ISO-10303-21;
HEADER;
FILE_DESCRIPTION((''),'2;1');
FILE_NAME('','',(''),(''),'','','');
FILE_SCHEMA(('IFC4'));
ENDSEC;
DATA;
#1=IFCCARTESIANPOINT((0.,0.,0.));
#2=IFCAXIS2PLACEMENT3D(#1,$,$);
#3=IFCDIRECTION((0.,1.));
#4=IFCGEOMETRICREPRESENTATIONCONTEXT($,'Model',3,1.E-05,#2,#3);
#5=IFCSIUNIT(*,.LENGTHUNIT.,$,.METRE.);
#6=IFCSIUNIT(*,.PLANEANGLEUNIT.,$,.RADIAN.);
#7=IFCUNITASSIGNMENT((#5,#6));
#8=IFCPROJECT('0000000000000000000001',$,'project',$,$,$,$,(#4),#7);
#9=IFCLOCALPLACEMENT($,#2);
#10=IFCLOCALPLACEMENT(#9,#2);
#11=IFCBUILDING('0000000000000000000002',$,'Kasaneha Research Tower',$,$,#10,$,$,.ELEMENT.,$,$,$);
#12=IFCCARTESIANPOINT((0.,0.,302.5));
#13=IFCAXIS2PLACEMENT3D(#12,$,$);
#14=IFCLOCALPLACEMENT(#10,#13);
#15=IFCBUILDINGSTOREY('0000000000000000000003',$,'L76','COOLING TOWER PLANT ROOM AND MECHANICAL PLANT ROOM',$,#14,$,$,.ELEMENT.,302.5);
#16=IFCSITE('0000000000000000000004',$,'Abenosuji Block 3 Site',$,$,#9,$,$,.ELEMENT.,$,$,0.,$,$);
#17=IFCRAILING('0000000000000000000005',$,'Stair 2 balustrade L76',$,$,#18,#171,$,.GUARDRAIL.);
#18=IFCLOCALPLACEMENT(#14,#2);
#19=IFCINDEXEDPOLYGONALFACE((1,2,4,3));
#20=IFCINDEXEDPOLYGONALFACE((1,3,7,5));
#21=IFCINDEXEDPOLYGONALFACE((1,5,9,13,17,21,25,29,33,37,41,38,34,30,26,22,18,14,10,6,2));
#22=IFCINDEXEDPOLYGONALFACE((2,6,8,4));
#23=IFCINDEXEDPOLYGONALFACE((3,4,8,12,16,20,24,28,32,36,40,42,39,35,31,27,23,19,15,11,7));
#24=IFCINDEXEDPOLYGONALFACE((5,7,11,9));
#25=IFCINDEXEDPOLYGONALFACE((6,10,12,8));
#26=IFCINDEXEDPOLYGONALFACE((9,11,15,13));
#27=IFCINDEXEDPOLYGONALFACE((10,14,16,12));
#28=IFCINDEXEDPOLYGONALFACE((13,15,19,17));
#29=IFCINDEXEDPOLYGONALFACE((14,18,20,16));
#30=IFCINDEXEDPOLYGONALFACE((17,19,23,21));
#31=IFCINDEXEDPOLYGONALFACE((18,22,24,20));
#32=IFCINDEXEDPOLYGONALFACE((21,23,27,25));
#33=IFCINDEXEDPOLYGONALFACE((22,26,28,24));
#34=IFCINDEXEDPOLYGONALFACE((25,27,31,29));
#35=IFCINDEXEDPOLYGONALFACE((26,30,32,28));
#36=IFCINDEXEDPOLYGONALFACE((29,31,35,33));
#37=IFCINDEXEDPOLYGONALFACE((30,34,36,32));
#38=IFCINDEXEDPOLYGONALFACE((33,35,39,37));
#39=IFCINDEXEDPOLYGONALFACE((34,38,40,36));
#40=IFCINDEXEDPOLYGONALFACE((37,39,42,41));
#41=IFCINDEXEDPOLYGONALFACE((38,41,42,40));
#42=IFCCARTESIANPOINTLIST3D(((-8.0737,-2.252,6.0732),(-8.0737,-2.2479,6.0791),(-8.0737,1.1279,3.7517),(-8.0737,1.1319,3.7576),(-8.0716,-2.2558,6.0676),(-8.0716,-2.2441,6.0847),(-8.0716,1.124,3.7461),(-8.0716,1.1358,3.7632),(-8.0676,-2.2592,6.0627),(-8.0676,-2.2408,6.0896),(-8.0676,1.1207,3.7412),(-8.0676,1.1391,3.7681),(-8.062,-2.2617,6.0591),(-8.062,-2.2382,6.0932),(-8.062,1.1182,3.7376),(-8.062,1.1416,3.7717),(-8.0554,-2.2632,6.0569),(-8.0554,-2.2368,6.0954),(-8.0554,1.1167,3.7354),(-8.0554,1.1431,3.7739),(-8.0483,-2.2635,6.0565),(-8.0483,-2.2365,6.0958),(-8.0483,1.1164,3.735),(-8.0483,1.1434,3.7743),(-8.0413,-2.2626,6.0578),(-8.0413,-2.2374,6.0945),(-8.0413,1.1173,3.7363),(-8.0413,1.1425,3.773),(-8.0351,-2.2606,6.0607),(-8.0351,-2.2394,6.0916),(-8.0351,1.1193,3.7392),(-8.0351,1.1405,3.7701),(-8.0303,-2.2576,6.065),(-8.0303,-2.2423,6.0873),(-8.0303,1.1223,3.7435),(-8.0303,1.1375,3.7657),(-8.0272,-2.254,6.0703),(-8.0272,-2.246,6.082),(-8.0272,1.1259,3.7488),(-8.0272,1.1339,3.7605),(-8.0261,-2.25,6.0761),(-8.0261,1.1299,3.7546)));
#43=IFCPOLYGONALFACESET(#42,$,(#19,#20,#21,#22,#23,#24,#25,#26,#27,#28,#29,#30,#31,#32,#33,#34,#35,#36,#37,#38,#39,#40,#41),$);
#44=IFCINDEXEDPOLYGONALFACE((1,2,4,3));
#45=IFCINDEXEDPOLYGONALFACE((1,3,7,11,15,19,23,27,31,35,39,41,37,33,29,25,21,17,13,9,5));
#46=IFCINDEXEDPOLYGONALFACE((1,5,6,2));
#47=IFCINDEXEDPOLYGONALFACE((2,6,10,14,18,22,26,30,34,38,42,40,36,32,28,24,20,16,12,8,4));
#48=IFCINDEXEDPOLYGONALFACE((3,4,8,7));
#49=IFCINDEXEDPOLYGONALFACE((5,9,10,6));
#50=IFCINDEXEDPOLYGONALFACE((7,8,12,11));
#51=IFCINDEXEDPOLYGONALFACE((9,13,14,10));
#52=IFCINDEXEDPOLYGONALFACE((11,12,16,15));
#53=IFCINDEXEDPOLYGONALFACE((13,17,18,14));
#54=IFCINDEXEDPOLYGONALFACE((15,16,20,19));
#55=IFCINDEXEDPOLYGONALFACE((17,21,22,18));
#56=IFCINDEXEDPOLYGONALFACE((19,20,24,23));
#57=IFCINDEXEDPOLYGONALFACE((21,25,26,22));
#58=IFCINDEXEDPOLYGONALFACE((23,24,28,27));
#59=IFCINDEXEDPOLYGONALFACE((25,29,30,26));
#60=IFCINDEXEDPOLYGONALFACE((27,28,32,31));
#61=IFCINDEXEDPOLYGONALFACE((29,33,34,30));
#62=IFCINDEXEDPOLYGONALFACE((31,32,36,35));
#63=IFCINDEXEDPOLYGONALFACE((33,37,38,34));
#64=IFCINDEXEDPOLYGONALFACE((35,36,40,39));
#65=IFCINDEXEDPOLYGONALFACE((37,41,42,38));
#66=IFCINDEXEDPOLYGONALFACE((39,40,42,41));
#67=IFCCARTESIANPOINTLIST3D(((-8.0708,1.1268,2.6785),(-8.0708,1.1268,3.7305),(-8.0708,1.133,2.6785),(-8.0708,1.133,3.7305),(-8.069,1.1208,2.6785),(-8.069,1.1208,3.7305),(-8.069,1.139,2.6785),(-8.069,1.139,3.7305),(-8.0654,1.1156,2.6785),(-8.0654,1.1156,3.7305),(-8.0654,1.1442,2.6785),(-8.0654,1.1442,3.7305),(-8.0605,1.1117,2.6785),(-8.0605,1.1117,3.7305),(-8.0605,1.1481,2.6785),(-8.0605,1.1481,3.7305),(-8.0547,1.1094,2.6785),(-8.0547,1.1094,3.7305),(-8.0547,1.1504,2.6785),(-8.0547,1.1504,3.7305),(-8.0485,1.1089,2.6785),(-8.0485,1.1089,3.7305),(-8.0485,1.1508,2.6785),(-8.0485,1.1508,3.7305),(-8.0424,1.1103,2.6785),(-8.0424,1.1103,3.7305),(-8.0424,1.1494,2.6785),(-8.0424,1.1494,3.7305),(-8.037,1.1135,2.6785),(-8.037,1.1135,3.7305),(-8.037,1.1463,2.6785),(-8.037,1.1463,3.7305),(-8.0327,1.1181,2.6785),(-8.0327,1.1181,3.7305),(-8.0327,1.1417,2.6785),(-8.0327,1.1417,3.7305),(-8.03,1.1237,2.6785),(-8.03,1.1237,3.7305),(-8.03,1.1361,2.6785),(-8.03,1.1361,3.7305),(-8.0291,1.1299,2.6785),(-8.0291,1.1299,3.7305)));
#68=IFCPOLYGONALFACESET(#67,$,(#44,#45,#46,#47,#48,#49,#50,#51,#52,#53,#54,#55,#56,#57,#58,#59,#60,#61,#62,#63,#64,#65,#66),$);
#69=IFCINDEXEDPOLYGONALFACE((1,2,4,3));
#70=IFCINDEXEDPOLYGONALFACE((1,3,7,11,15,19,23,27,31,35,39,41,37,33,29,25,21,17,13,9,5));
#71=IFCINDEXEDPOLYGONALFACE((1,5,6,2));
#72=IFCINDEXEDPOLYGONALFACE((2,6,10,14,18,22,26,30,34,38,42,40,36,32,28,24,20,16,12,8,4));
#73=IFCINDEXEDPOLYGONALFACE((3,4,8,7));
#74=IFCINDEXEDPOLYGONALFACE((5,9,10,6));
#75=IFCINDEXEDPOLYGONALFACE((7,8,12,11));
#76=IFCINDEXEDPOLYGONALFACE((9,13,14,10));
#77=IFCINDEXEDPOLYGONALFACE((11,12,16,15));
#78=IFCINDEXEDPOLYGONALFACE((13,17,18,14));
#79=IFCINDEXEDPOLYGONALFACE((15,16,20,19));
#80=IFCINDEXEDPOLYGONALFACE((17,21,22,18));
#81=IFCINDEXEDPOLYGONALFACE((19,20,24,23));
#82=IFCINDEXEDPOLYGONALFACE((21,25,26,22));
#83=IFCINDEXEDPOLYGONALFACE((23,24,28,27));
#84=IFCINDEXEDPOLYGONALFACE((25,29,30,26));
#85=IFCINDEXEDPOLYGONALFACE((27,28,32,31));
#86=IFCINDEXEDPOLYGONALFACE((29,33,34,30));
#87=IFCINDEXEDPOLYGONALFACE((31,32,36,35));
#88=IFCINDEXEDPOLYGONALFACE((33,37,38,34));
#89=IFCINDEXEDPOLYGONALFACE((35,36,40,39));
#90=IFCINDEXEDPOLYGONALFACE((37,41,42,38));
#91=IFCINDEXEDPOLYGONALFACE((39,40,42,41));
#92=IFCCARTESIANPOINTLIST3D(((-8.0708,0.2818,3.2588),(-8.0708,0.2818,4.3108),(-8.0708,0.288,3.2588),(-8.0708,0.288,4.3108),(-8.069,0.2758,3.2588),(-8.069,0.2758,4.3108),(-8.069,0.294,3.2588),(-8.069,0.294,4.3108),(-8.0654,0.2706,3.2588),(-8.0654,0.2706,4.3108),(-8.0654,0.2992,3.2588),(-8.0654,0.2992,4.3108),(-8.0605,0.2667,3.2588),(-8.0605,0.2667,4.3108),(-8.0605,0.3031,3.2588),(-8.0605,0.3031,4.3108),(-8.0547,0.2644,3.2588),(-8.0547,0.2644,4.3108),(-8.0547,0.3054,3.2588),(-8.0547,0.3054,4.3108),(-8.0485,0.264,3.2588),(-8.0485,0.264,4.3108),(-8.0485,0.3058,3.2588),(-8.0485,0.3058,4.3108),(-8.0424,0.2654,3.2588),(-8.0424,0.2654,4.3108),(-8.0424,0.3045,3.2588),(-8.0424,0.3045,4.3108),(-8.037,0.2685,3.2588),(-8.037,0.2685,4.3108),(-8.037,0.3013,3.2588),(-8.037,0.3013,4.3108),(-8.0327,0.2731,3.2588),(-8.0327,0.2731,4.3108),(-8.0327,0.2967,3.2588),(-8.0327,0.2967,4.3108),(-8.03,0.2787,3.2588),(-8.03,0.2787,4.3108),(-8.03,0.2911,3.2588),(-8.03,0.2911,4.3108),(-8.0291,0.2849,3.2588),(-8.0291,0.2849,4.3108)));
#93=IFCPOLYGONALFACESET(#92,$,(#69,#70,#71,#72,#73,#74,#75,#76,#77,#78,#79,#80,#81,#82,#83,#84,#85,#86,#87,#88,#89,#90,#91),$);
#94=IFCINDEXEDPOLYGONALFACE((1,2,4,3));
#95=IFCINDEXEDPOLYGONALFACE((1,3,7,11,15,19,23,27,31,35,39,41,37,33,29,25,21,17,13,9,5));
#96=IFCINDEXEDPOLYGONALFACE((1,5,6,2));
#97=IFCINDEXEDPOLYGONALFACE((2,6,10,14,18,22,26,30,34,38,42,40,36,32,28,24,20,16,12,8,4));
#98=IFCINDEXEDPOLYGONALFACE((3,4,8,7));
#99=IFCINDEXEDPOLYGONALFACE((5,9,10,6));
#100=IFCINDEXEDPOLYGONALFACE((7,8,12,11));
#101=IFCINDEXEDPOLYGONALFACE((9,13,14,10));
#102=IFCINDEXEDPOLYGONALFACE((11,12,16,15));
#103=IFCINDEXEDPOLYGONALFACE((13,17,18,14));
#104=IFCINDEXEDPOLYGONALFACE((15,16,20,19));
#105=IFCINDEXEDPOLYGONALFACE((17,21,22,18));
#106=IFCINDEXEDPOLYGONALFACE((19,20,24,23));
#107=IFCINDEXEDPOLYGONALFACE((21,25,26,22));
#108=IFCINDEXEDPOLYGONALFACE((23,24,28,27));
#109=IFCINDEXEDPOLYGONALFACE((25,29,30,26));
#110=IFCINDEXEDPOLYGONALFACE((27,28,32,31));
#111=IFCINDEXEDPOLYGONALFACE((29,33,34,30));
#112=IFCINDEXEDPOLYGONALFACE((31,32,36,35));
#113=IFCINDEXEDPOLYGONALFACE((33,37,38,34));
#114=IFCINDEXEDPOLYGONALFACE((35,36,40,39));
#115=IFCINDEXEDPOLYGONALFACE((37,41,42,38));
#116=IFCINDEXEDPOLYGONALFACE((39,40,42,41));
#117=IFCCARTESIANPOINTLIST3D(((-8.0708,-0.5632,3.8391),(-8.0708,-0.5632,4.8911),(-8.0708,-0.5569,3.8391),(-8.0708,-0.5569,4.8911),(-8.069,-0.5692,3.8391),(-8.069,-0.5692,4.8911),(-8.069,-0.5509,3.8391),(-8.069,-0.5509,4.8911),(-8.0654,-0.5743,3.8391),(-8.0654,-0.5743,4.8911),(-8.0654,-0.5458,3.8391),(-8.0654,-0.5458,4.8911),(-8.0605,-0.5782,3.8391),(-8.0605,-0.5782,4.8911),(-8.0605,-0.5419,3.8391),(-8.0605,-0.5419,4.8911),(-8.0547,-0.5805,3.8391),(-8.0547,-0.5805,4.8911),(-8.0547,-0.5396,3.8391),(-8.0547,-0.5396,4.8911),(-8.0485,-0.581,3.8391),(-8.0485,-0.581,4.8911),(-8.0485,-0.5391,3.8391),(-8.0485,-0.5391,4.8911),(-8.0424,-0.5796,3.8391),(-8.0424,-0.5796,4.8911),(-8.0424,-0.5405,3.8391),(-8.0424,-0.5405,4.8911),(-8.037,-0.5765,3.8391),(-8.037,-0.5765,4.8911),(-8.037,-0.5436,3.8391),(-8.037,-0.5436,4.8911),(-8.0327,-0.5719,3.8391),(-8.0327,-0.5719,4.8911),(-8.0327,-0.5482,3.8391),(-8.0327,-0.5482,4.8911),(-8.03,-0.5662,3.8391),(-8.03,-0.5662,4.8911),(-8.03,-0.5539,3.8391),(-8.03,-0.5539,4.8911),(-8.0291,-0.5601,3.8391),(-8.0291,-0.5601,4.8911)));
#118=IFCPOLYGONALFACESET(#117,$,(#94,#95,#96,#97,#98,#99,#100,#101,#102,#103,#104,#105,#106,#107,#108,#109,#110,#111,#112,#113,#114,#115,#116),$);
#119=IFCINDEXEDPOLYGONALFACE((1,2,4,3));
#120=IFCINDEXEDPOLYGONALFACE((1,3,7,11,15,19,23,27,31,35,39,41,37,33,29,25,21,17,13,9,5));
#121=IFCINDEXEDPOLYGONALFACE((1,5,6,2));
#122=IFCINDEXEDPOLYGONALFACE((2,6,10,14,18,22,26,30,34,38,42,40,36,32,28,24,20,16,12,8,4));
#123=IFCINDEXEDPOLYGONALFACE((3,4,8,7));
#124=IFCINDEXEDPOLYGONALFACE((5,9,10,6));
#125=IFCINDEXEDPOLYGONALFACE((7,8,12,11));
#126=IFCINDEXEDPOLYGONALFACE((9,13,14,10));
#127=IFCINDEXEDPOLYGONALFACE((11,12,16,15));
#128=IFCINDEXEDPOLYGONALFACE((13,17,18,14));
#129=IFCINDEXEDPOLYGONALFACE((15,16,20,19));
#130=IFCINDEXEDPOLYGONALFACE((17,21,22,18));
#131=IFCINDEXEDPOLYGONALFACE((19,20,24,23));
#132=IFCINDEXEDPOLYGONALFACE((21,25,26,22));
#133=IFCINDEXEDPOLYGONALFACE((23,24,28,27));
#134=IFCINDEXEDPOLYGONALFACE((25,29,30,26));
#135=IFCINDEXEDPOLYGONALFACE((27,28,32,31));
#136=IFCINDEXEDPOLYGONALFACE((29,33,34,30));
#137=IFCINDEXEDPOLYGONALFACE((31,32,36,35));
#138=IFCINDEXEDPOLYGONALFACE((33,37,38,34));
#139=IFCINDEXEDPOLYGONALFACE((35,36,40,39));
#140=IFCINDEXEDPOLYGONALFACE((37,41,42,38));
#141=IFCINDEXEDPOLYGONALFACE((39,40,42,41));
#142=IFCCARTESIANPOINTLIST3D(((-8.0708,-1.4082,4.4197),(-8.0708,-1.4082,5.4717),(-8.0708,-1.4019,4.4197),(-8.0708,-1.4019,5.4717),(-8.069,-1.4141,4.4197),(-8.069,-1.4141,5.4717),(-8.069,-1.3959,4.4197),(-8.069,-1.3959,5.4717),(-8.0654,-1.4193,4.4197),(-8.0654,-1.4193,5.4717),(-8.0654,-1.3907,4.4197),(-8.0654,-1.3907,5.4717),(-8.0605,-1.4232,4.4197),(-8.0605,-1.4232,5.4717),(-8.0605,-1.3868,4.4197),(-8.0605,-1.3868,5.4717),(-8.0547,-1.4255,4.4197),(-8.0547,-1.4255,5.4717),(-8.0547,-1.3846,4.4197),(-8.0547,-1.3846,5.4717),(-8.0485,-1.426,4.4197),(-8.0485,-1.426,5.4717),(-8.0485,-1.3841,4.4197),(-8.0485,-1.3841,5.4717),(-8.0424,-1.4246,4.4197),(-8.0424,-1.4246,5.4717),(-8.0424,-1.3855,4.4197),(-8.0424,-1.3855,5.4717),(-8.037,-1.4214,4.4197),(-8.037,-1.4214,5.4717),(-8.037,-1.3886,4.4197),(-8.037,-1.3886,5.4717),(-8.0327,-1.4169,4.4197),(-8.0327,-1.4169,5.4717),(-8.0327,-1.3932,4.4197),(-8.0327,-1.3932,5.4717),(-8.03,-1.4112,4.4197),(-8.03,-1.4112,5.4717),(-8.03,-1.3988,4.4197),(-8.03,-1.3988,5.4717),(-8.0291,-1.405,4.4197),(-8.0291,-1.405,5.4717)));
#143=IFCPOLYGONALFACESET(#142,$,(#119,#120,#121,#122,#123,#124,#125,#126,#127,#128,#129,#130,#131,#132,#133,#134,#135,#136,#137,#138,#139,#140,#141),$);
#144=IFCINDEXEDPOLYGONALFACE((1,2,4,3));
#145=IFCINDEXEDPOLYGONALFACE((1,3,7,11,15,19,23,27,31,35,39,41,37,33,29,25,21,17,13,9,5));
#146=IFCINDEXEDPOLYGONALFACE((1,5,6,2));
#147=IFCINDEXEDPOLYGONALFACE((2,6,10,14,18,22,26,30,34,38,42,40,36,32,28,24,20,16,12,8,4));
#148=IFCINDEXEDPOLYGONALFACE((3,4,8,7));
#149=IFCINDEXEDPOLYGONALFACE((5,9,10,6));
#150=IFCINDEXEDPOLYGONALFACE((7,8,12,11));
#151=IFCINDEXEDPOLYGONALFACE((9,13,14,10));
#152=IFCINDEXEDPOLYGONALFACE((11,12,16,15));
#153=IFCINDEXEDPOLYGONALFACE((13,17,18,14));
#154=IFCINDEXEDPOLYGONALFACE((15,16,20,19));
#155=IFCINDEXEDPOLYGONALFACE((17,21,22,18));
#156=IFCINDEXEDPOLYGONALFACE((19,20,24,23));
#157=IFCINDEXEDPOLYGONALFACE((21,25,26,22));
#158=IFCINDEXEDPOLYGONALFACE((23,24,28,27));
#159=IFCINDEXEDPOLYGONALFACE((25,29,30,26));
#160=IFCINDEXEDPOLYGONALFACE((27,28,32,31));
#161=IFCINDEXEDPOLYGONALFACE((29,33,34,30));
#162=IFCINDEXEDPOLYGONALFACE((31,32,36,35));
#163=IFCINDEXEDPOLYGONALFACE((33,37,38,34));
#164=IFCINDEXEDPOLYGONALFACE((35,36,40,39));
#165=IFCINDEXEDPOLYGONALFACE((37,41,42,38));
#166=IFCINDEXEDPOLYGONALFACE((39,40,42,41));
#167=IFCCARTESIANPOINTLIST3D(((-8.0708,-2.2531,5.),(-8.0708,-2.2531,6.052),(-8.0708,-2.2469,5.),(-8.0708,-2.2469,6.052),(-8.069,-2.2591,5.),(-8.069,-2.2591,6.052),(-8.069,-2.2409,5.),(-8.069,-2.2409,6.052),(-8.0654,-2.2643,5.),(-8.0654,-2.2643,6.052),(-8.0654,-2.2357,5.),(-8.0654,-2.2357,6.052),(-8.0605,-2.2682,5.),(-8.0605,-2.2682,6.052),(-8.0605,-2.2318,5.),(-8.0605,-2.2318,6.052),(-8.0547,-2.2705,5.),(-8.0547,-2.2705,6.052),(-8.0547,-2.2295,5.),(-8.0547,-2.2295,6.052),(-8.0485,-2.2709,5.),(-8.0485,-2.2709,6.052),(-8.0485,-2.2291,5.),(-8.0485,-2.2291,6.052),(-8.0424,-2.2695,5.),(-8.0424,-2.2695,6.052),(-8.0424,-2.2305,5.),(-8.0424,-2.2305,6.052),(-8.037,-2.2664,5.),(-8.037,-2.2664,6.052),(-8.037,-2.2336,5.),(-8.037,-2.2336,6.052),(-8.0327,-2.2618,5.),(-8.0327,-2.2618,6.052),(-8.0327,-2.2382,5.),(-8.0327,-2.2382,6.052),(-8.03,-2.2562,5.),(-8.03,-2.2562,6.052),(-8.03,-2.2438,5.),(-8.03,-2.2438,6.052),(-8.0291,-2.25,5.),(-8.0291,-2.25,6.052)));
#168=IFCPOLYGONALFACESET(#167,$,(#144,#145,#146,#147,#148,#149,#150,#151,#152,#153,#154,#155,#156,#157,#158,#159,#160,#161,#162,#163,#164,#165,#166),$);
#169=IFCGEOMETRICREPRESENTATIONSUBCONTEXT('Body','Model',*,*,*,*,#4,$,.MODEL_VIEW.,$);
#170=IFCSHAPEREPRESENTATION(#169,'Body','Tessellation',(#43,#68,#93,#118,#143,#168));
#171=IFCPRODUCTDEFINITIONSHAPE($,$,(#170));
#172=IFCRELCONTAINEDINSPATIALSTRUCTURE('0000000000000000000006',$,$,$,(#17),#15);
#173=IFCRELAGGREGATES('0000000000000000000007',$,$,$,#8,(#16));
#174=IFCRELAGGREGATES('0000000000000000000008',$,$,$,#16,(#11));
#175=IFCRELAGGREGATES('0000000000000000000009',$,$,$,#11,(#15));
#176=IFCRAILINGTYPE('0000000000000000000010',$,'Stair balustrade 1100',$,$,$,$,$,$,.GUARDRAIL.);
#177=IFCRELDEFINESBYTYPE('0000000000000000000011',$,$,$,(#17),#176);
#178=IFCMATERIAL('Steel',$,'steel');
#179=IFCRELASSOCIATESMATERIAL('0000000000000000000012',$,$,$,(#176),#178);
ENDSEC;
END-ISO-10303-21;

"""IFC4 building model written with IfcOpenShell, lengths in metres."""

from ifc_helpers import new_model, si_unit, direction, frame, origin, origin_2d, place, context, subcontext, project, spatial, circle, extrude, material, type_object, element, save


model = new_model("IFC4")

# Units and contexts
model_context = context("Model", 3, precision=1e-05, world=origin(), true_north=direction((0.0, 1.0)))
body_context = subcontext(model_context, "Body", "Model", "MODEL_VIEW")
ifc_project = project(units=[si_unit("LENGTHUNIT", "METRE"), si_unit("PLANEANGLEUNIT", "RADIAN")], contexts=[model_context])

# Site, building, storey
site_placement = place(None, origin())
site = spatial("IfcSite", under=ifc_project, at=site_placement, Name="Abenosuji Block 3 Site", CompositionType="ELEMENT", RefElevation=0.0)
building_placement = place(site_placement, origin())
building = spatial("IfcBuilding", under=site, at=building_placement, Name="Kasaneha Research Tower", CompositionType="ELEMENT")
storey_placement = place(building_placement, frame((0.0, 0.0, 302.5)))
storey = spatial("IfcBuildingStorey", under=building, at=storey_placement, Name="L76", Description="COOLING TOWER PLANT ROOM AND MECHANICAL PLANT ROOM", CompositionType="ELEMENT", Elevation=302.5)

# Railing
ifc_material_1 = material(Name="Steel", Category="steel")
railing_type_1 = type_object("IfcRailingType", Name="Stair balustrade 1100", PredefinedType="GUARDRAIL", material=ifc_material_1)
railing_1_placement = place(storey_placement, frame((-8.05, 1.1299, 2.6785)))
element("IfcRailing", 1, at=railing_1_placement, inside=storey, type_object=railing_type_1, Name="Stair 2 balustrade L76", PredefinedType="GUARDRAIL", context=body_context, shape_type="SweptSolid", body=[
    extrude(circle(Radius=0.0239, at=origin_2d()), frame((0.0, 0.0, 1.0762), z_axis=(0.0, -0.824285, 0.566175), x_axis=(1.0, 0.0, 0.0)), (0.0, 0.0, 1.0), 4.1003),
    extrude(circle(Radius=0.021, at=origin_2d()), origin(), (0.0, 0.0, 1.0), 1.052),
    extrude(circle(Radius=0.021, at=origin_2d()), frame((0.0, -0.845, 0.5803)), (0.0, 0.0, 1.0), 1.052),
    extrude(circle(Radius=0.021, at=origin_2d()), frame((0.0, -1.6899, 1.1606)), (0.0, 0.0, 1.0), 1.052),
    extrude(circle(Radius=0.021, at=origin_2d()), frame((0.0, -2.5349, 1.7412)), (0.0, 0.0, 1.0), 1.052),
    extrude(circle(Radius=0.021, at=origin_2d()), frame((0.0, -3.3799, 2.3215)), (0.0, 0.0, 1.0), 1.052),
])

save(model, "model.ifc")
